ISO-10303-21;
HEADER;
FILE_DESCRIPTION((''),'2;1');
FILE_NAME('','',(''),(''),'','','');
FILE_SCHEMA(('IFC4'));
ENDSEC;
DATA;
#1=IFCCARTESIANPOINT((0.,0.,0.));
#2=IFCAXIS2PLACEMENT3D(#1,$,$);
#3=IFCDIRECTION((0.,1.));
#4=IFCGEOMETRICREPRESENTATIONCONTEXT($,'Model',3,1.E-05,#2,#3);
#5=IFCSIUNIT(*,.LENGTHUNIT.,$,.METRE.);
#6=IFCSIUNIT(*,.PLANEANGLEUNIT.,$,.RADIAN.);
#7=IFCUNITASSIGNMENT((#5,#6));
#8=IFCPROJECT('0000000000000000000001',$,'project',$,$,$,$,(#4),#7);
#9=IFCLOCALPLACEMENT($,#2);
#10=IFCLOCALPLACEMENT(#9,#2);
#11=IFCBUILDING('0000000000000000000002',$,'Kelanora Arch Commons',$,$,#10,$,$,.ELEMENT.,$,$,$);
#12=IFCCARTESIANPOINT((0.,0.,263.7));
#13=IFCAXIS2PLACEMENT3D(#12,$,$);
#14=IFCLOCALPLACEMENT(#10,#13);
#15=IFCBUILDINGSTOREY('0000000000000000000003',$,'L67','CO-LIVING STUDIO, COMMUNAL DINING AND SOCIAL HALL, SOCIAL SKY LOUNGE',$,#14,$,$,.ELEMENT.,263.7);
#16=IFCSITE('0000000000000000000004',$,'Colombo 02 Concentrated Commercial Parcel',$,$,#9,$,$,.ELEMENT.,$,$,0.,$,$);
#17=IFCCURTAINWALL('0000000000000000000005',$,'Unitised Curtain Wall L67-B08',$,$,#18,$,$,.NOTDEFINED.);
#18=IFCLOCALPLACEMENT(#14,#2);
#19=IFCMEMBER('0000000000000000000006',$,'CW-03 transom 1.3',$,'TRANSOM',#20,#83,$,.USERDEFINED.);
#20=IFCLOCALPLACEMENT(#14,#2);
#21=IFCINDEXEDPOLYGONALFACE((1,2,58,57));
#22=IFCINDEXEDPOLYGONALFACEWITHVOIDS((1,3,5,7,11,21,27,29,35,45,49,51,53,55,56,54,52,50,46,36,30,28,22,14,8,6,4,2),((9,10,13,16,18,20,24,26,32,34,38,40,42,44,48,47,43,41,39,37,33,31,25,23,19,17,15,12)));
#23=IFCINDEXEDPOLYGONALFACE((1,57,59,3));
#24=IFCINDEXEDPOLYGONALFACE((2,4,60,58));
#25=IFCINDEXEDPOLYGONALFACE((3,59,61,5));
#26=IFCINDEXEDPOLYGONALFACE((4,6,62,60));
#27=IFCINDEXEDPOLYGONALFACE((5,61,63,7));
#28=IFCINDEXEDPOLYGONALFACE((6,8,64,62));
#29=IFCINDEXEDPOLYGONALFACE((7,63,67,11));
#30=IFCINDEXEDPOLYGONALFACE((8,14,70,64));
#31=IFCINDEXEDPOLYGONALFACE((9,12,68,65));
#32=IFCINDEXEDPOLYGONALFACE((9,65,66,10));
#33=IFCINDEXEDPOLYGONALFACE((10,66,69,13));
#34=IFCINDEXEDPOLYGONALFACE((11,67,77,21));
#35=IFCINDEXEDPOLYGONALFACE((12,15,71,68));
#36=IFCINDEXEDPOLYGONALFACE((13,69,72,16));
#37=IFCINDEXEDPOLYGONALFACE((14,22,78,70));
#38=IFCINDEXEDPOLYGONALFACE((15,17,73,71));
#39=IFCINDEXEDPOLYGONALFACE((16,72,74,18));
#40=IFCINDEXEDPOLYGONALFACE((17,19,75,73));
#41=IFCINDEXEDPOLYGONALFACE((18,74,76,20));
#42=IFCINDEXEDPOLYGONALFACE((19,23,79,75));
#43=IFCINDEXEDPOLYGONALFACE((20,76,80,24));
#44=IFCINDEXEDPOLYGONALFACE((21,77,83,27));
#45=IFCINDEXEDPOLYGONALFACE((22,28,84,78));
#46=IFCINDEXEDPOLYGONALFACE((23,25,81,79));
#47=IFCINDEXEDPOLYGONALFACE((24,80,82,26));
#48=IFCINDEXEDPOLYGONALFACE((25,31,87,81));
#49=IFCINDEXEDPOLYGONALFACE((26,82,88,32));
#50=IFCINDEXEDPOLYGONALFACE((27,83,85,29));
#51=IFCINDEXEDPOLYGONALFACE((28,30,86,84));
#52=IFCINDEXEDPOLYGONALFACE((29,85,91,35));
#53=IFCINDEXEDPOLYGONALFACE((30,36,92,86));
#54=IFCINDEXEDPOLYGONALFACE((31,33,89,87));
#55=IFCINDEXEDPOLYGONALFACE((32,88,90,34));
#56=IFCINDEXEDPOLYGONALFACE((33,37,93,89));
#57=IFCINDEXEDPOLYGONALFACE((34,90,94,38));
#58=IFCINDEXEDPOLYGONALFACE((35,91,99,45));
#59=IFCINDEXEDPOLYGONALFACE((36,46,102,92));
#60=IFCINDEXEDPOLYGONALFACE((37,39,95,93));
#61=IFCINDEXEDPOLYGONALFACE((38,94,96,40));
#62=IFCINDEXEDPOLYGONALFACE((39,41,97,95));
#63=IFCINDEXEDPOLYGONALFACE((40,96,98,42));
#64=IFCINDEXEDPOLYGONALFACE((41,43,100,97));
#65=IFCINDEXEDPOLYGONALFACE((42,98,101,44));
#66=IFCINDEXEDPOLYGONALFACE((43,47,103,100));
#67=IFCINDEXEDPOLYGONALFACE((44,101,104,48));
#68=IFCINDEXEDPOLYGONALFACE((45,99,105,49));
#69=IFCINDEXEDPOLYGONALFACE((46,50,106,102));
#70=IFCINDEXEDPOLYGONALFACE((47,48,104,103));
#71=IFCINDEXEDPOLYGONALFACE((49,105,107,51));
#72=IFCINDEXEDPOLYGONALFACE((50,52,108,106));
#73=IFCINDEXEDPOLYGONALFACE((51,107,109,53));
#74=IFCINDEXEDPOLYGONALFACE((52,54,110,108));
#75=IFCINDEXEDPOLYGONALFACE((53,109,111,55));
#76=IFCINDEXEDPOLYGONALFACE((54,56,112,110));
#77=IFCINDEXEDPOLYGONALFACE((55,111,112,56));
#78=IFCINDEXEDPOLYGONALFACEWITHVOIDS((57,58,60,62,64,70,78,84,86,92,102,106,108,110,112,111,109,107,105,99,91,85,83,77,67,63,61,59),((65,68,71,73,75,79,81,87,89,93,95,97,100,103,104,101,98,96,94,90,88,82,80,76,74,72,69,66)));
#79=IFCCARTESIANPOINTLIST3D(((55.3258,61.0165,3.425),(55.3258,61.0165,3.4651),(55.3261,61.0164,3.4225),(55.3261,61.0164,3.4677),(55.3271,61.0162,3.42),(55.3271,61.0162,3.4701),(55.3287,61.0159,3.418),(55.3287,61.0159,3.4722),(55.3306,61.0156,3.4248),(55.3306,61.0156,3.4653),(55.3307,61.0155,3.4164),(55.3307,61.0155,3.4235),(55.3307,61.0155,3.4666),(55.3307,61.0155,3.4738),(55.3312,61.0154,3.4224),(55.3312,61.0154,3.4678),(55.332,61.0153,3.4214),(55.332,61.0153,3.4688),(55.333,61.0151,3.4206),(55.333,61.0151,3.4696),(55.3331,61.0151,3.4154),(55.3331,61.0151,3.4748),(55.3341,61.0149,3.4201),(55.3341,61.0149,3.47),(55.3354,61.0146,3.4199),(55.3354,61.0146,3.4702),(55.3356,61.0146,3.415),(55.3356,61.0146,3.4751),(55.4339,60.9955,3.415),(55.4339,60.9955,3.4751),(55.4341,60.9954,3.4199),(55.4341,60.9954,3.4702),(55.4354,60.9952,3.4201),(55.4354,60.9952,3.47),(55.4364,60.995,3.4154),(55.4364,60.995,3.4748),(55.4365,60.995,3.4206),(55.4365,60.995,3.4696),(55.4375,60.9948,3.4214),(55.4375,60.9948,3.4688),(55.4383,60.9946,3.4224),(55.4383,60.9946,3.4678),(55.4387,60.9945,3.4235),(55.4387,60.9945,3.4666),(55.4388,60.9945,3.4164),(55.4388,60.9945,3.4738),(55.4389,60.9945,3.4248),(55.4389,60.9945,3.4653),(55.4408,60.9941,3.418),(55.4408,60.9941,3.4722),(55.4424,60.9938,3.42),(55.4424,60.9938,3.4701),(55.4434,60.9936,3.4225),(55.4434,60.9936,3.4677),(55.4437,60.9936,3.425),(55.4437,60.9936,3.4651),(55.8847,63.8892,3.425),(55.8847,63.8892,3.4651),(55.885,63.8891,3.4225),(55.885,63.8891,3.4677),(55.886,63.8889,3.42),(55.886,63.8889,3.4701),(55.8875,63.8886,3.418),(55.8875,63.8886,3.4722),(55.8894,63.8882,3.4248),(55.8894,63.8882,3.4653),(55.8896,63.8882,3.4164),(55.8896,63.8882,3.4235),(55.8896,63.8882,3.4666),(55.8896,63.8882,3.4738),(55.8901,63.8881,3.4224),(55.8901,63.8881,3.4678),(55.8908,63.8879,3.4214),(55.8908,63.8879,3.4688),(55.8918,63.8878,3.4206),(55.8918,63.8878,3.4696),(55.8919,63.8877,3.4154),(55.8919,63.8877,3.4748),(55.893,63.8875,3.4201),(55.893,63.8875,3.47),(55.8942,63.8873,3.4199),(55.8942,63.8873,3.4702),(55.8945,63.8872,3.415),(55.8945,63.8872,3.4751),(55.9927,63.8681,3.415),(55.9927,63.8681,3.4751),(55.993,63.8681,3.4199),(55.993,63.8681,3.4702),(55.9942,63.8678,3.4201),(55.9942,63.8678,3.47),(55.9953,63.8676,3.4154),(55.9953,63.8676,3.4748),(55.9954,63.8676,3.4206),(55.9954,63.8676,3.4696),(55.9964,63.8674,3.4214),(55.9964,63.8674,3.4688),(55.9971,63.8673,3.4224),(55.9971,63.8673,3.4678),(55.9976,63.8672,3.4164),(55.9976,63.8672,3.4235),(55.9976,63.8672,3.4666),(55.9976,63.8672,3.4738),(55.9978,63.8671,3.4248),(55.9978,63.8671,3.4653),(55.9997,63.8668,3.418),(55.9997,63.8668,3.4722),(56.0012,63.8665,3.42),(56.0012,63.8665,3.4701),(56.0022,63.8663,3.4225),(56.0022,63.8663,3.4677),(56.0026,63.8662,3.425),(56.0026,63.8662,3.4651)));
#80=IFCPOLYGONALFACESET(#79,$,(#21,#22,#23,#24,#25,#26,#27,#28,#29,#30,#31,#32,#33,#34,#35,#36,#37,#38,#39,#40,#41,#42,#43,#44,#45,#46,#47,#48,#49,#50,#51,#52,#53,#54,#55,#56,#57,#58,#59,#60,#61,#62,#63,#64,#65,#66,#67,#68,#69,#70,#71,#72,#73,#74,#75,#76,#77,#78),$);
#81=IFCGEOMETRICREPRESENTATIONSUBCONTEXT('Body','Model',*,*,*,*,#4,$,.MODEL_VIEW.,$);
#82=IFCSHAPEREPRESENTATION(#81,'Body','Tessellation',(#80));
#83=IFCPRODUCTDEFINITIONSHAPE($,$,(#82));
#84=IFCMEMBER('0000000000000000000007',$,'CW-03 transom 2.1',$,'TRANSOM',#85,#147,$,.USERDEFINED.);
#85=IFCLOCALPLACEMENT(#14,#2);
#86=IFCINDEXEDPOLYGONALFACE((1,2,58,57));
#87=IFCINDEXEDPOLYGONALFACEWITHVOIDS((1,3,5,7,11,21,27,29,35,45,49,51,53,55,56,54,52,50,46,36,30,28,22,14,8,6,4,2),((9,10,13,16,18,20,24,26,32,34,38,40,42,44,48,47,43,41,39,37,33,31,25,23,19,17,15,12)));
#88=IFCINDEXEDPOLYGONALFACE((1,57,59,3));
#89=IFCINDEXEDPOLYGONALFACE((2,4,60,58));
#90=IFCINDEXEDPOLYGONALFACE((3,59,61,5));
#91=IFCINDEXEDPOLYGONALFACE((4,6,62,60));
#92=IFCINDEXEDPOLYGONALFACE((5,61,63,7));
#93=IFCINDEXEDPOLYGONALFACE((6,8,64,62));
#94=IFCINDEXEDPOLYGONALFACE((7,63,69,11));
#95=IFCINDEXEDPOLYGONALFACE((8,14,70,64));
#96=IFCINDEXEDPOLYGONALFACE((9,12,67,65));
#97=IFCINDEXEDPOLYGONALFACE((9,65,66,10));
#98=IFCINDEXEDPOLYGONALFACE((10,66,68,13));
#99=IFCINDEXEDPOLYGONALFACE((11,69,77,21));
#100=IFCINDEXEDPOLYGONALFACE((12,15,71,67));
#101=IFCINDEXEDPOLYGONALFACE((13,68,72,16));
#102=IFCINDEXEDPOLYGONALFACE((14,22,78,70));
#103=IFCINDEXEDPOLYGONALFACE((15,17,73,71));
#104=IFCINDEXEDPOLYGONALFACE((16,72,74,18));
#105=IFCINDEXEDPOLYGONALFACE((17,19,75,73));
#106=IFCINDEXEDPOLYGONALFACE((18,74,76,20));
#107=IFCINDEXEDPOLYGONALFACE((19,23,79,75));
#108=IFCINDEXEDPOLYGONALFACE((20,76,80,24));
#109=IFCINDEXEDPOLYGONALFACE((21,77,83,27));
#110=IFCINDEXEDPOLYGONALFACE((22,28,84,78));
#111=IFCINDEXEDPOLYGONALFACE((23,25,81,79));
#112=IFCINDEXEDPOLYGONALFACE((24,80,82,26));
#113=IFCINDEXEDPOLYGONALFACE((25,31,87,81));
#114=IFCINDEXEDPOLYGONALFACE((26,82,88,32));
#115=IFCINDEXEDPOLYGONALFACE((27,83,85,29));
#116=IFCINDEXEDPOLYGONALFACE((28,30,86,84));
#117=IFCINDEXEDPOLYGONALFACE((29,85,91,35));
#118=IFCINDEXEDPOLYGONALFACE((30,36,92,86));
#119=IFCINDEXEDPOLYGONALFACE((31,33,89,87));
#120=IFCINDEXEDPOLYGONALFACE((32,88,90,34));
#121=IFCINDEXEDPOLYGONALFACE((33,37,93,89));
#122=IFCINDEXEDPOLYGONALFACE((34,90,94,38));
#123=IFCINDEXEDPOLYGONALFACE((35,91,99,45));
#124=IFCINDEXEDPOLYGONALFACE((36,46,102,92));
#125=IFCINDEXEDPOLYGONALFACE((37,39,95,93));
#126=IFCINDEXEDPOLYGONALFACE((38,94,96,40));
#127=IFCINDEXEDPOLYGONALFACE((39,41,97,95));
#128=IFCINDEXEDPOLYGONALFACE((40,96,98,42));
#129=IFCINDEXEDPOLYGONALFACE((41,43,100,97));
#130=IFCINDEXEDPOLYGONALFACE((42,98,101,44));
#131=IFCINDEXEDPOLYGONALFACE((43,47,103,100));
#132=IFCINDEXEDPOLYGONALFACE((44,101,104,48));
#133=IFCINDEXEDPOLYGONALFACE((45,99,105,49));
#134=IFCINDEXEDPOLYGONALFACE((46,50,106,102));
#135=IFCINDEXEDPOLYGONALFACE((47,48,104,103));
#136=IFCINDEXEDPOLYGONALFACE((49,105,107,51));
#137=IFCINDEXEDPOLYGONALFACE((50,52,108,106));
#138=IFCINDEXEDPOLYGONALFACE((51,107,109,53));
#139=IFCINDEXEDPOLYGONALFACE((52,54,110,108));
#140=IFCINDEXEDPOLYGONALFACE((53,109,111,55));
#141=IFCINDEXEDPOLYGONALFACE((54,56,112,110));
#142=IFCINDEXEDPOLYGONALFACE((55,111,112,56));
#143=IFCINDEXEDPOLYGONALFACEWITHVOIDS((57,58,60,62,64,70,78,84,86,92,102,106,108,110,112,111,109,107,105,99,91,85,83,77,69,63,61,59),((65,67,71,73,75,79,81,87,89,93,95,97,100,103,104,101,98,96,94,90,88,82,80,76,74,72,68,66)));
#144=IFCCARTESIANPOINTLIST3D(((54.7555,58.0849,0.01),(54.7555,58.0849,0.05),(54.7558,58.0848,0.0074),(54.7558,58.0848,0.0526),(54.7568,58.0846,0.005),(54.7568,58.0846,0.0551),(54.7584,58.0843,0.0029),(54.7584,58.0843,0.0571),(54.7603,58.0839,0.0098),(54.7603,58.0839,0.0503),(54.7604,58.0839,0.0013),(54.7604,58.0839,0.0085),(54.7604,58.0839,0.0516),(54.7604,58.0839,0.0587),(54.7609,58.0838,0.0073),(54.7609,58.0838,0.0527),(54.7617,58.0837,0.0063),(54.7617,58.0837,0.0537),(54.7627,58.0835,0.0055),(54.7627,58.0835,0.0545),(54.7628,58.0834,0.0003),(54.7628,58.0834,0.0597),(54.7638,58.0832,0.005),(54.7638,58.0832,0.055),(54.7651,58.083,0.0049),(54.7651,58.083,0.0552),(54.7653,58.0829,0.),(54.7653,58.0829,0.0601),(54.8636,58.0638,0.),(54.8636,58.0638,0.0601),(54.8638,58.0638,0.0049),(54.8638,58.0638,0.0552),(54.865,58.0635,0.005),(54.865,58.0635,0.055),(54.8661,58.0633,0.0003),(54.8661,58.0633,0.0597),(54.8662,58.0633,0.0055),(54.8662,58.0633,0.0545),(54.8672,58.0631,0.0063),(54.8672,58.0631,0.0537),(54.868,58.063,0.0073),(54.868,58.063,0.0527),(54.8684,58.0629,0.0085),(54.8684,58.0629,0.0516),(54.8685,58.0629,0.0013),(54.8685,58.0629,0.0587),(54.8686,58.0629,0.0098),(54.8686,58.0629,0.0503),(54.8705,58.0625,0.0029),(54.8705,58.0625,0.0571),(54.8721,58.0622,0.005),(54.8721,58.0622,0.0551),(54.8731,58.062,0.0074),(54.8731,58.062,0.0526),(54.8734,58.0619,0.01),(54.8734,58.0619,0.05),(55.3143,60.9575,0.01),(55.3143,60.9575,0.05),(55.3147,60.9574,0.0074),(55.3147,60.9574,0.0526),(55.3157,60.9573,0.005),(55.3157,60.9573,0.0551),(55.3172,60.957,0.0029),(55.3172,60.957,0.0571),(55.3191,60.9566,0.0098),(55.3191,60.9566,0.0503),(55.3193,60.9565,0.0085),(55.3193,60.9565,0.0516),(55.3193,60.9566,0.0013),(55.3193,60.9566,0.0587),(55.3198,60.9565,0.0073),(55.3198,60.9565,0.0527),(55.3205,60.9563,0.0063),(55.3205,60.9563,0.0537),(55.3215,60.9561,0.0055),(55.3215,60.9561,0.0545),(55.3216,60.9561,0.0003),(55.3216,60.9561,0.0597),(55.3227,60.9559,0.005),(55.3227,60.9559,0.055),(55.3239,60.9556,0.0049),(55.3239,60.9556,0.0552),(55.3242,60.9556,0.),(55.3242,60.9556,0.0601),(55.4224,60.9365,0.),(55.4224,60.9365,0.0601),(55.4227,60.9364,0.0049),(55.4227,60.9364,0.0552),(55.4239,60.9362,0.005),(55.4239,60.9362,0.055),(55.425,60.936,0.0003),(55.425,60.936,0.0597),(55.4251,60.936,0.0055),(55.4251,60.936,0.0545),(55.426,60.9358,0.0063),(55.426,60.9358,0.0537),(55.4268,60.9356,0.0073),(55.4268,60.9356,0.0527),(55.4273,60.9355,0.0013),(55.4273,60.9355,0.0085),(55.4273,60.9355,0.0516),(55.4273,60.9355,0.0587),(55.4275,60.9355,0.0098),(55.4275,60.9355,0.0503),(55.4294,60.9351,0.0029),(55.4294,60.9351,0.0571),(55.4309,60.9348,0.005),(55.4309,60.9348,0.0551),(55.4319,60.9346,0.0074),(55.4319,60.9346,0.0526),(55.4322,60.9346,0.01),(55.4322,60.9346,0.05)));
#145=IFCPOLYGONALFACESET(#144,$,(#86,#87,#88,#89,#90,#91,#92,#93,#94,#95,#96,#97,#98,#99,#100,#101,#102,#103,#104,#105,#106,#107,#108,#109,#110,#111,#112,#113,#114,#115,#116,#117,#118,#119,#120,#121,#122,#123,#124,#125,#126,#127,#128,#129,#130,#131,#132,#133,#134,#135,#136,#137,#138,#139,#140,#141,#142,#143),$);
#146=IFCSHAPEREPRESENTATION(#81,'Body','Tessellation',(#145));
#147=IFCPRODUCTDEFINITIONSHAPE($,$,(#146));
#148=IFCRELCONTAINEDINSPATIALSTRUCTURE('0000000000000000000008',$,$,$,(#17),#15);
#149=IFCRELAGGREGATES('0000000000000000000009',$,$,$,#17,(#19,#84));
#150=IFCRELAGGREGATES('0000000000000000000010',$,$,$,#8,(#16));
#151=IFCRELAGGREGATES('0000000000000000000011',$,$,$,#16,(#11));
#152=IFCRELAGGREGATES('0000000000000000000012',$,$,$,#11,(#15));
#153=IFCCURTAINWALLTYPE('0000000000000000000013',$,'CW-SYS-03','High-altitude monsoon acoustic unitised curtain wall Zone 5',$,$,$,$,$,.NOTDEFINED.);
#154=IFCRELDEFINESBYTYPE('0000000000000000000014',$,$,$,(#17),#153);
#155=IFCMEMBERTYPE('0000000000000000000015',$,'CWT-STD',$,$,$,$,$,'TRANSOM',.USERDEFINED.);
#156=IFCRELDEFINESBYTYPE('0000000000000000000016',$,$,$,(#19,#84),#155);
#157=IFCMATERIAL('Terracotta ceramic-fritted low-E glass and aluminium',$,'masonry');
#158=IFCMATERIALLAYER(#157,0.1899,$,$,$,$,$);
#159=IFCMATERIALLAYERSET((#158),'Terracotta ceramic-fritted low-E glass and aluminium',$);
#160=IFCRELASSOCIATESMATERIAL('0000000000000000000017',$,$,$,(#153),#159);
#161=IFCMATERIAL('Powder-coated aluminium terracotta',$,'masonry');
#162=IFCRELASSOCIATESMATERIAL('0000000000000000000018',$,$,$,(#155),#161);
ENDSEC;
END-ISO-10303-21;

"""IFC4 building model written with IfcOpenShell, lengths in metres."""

from ifc_helpers import new_model, si_unit, direction, frame, origin, origin_2d, place, context, subcontext, project, spatial, hollow_rectangle, extrude, material, layer, layer_set, material_profile, profile_set, type_object, element, aggregate, save


model = new_model("IFC4")

# Units and contexts
model_context = context("Model", 3, precision=1e-05, world=origin(), true_north=direction((0.0, 1.0)))
body_context = subcontext(model_context, "Body", "Model", "MODEL_VIEW")
ifc_project = project(units=[si_unit("LENGTHUNIT", "METRE"), si_unit("PLANEANGLEUNIT", "RADIAN")], contexts=[model_context])

# Site, building, storey
site_placement = place(None, origin())
site = spatial("IfcSite", under=ifc_project, at=site_placement, Name="Colombo 02 Concentrated Commercial Parcel", CompositionType="ELEMENT", RefElevation=0.0)
building_placement = place(site_placement, origin())
building = spatial("IfcBuilding", under=site, at=building_placement, Name="Kelanora Arch Commons", CompositionType="ELEMENT")
storey_placement = place(building_placement, frame((0.0, 0.0, 263.7)))
storey = spatial("IfcBuildingStorey", under=building, at=storey_placement, Name="L67", Description="CO-LIVING STUDIO, COMMUNAL DINING AND SOCIAL HALL, SOCIAL SKY LOUNGE", CompositionType="ELEMENT", Elevation=263.7)

# Curtain wall, members
ifc_material_1 = material(Name="Terracotta ceramic-fritted low-E glass and aluminium", Category="masonry")
ifc_layer_1 = layer(ifc_material_1, 0.1899)
ifc_layer_set_1 = layer_set([ifc_layer_1], Name="Terracotta ceramic-fritted low-E glass and aluminium")
curtain_wall_type = type_object("IfcCurtainWallType", Name="CW-SYS-03", Description="High-altitude monsoon acoustic unitised curtain wall Zone 5", PredefinedType="NOTDEFINED", material=ifc_layer_set_1)
curtain_wall_placement = place(storey_placement, origin())
curtain_wall = element("IfcCurtainWall", 1, at=curtain_wall_placement, inside=storey, type_object=curtain_wall_type, Name="Unitised Curtain Wall L67-B08", PredefinedType="NOTDEFINED")
ifc_material_2 = material(Name="Powder-coated aluminium terracotta", Category="masonry")
ifc_material_profile_1 = material_profile(ifc_material_2, hollow_rectangle(XDim=0.1201, YDim=0.0601, WallThickness=0.0049, InnerFilletRadius=0.0049, OuterFilletRadius=0.01, at=origin_2d()), Name="CWT120x60")
ifc_profile_set_1 = profile_set([ifc_material_profile_1], Name="Powder-coated aluminium terracotta")
member_type_1 = type_object("IfcMemberType", Name="CWT-STD", ElementType="TRANSOM", PredefinedType="USERDEFINED", material=ifc_profile_set_1)
member_1_placement = place(storey_placement, frame((55.9436, 63.8777, 3.4451), z_axis=(-0.190963, -0.981597, 0.0), x_axis=(0.981597, -0.190963, 0.0)))
member_1 = element("IfcMember", 2, at=member_1_placement, type_object=member_type_1, Name="CW-03 transom 1.3", ObjectType="TRANSOM", PredefinedType="USERDEFINED", context=body_context, shape_type="SweptSolid", body=[
    extrude(hollow_rectangle(XDim=0.1201, YDim=0.0601, WallThickness=0.0049, InnerFilletRadius=0.0049, OuterFilletRadius=0.01, at=origin_2d()), origin(), (0.0, 0.0, 1.0), 2.9265),
])
member_2_placement = place(storey_placement, frame((55.3733, 60.946, 0.03), z_axis=(-0.190963, -0.981597, 0.0), x_axis=(0.981597, -0.190963, 0.0)))
member_2 = element("IfcMember", 3, at=member_2_placement, type_object=member_type_1, Name="CW-03 transom 2.1", ObjectType="TRANSOM", PredefinedType="USERDEFINED", context=body_context, shape_type="SweptSolid", body=[
    extrude(hollow_rectangle(XDim=0.1201, YDim=0.0601, WallThickness=0.0049, InnerFilletRadius=0.0049, OuterFilletRadius=0.01, at=origin_2d()), origin(), (0.0, 0.0, 1.0), 2.9265),
])
aggregate(curtain_wall, [member_1, member_2])

save(model, "model.ifc")
